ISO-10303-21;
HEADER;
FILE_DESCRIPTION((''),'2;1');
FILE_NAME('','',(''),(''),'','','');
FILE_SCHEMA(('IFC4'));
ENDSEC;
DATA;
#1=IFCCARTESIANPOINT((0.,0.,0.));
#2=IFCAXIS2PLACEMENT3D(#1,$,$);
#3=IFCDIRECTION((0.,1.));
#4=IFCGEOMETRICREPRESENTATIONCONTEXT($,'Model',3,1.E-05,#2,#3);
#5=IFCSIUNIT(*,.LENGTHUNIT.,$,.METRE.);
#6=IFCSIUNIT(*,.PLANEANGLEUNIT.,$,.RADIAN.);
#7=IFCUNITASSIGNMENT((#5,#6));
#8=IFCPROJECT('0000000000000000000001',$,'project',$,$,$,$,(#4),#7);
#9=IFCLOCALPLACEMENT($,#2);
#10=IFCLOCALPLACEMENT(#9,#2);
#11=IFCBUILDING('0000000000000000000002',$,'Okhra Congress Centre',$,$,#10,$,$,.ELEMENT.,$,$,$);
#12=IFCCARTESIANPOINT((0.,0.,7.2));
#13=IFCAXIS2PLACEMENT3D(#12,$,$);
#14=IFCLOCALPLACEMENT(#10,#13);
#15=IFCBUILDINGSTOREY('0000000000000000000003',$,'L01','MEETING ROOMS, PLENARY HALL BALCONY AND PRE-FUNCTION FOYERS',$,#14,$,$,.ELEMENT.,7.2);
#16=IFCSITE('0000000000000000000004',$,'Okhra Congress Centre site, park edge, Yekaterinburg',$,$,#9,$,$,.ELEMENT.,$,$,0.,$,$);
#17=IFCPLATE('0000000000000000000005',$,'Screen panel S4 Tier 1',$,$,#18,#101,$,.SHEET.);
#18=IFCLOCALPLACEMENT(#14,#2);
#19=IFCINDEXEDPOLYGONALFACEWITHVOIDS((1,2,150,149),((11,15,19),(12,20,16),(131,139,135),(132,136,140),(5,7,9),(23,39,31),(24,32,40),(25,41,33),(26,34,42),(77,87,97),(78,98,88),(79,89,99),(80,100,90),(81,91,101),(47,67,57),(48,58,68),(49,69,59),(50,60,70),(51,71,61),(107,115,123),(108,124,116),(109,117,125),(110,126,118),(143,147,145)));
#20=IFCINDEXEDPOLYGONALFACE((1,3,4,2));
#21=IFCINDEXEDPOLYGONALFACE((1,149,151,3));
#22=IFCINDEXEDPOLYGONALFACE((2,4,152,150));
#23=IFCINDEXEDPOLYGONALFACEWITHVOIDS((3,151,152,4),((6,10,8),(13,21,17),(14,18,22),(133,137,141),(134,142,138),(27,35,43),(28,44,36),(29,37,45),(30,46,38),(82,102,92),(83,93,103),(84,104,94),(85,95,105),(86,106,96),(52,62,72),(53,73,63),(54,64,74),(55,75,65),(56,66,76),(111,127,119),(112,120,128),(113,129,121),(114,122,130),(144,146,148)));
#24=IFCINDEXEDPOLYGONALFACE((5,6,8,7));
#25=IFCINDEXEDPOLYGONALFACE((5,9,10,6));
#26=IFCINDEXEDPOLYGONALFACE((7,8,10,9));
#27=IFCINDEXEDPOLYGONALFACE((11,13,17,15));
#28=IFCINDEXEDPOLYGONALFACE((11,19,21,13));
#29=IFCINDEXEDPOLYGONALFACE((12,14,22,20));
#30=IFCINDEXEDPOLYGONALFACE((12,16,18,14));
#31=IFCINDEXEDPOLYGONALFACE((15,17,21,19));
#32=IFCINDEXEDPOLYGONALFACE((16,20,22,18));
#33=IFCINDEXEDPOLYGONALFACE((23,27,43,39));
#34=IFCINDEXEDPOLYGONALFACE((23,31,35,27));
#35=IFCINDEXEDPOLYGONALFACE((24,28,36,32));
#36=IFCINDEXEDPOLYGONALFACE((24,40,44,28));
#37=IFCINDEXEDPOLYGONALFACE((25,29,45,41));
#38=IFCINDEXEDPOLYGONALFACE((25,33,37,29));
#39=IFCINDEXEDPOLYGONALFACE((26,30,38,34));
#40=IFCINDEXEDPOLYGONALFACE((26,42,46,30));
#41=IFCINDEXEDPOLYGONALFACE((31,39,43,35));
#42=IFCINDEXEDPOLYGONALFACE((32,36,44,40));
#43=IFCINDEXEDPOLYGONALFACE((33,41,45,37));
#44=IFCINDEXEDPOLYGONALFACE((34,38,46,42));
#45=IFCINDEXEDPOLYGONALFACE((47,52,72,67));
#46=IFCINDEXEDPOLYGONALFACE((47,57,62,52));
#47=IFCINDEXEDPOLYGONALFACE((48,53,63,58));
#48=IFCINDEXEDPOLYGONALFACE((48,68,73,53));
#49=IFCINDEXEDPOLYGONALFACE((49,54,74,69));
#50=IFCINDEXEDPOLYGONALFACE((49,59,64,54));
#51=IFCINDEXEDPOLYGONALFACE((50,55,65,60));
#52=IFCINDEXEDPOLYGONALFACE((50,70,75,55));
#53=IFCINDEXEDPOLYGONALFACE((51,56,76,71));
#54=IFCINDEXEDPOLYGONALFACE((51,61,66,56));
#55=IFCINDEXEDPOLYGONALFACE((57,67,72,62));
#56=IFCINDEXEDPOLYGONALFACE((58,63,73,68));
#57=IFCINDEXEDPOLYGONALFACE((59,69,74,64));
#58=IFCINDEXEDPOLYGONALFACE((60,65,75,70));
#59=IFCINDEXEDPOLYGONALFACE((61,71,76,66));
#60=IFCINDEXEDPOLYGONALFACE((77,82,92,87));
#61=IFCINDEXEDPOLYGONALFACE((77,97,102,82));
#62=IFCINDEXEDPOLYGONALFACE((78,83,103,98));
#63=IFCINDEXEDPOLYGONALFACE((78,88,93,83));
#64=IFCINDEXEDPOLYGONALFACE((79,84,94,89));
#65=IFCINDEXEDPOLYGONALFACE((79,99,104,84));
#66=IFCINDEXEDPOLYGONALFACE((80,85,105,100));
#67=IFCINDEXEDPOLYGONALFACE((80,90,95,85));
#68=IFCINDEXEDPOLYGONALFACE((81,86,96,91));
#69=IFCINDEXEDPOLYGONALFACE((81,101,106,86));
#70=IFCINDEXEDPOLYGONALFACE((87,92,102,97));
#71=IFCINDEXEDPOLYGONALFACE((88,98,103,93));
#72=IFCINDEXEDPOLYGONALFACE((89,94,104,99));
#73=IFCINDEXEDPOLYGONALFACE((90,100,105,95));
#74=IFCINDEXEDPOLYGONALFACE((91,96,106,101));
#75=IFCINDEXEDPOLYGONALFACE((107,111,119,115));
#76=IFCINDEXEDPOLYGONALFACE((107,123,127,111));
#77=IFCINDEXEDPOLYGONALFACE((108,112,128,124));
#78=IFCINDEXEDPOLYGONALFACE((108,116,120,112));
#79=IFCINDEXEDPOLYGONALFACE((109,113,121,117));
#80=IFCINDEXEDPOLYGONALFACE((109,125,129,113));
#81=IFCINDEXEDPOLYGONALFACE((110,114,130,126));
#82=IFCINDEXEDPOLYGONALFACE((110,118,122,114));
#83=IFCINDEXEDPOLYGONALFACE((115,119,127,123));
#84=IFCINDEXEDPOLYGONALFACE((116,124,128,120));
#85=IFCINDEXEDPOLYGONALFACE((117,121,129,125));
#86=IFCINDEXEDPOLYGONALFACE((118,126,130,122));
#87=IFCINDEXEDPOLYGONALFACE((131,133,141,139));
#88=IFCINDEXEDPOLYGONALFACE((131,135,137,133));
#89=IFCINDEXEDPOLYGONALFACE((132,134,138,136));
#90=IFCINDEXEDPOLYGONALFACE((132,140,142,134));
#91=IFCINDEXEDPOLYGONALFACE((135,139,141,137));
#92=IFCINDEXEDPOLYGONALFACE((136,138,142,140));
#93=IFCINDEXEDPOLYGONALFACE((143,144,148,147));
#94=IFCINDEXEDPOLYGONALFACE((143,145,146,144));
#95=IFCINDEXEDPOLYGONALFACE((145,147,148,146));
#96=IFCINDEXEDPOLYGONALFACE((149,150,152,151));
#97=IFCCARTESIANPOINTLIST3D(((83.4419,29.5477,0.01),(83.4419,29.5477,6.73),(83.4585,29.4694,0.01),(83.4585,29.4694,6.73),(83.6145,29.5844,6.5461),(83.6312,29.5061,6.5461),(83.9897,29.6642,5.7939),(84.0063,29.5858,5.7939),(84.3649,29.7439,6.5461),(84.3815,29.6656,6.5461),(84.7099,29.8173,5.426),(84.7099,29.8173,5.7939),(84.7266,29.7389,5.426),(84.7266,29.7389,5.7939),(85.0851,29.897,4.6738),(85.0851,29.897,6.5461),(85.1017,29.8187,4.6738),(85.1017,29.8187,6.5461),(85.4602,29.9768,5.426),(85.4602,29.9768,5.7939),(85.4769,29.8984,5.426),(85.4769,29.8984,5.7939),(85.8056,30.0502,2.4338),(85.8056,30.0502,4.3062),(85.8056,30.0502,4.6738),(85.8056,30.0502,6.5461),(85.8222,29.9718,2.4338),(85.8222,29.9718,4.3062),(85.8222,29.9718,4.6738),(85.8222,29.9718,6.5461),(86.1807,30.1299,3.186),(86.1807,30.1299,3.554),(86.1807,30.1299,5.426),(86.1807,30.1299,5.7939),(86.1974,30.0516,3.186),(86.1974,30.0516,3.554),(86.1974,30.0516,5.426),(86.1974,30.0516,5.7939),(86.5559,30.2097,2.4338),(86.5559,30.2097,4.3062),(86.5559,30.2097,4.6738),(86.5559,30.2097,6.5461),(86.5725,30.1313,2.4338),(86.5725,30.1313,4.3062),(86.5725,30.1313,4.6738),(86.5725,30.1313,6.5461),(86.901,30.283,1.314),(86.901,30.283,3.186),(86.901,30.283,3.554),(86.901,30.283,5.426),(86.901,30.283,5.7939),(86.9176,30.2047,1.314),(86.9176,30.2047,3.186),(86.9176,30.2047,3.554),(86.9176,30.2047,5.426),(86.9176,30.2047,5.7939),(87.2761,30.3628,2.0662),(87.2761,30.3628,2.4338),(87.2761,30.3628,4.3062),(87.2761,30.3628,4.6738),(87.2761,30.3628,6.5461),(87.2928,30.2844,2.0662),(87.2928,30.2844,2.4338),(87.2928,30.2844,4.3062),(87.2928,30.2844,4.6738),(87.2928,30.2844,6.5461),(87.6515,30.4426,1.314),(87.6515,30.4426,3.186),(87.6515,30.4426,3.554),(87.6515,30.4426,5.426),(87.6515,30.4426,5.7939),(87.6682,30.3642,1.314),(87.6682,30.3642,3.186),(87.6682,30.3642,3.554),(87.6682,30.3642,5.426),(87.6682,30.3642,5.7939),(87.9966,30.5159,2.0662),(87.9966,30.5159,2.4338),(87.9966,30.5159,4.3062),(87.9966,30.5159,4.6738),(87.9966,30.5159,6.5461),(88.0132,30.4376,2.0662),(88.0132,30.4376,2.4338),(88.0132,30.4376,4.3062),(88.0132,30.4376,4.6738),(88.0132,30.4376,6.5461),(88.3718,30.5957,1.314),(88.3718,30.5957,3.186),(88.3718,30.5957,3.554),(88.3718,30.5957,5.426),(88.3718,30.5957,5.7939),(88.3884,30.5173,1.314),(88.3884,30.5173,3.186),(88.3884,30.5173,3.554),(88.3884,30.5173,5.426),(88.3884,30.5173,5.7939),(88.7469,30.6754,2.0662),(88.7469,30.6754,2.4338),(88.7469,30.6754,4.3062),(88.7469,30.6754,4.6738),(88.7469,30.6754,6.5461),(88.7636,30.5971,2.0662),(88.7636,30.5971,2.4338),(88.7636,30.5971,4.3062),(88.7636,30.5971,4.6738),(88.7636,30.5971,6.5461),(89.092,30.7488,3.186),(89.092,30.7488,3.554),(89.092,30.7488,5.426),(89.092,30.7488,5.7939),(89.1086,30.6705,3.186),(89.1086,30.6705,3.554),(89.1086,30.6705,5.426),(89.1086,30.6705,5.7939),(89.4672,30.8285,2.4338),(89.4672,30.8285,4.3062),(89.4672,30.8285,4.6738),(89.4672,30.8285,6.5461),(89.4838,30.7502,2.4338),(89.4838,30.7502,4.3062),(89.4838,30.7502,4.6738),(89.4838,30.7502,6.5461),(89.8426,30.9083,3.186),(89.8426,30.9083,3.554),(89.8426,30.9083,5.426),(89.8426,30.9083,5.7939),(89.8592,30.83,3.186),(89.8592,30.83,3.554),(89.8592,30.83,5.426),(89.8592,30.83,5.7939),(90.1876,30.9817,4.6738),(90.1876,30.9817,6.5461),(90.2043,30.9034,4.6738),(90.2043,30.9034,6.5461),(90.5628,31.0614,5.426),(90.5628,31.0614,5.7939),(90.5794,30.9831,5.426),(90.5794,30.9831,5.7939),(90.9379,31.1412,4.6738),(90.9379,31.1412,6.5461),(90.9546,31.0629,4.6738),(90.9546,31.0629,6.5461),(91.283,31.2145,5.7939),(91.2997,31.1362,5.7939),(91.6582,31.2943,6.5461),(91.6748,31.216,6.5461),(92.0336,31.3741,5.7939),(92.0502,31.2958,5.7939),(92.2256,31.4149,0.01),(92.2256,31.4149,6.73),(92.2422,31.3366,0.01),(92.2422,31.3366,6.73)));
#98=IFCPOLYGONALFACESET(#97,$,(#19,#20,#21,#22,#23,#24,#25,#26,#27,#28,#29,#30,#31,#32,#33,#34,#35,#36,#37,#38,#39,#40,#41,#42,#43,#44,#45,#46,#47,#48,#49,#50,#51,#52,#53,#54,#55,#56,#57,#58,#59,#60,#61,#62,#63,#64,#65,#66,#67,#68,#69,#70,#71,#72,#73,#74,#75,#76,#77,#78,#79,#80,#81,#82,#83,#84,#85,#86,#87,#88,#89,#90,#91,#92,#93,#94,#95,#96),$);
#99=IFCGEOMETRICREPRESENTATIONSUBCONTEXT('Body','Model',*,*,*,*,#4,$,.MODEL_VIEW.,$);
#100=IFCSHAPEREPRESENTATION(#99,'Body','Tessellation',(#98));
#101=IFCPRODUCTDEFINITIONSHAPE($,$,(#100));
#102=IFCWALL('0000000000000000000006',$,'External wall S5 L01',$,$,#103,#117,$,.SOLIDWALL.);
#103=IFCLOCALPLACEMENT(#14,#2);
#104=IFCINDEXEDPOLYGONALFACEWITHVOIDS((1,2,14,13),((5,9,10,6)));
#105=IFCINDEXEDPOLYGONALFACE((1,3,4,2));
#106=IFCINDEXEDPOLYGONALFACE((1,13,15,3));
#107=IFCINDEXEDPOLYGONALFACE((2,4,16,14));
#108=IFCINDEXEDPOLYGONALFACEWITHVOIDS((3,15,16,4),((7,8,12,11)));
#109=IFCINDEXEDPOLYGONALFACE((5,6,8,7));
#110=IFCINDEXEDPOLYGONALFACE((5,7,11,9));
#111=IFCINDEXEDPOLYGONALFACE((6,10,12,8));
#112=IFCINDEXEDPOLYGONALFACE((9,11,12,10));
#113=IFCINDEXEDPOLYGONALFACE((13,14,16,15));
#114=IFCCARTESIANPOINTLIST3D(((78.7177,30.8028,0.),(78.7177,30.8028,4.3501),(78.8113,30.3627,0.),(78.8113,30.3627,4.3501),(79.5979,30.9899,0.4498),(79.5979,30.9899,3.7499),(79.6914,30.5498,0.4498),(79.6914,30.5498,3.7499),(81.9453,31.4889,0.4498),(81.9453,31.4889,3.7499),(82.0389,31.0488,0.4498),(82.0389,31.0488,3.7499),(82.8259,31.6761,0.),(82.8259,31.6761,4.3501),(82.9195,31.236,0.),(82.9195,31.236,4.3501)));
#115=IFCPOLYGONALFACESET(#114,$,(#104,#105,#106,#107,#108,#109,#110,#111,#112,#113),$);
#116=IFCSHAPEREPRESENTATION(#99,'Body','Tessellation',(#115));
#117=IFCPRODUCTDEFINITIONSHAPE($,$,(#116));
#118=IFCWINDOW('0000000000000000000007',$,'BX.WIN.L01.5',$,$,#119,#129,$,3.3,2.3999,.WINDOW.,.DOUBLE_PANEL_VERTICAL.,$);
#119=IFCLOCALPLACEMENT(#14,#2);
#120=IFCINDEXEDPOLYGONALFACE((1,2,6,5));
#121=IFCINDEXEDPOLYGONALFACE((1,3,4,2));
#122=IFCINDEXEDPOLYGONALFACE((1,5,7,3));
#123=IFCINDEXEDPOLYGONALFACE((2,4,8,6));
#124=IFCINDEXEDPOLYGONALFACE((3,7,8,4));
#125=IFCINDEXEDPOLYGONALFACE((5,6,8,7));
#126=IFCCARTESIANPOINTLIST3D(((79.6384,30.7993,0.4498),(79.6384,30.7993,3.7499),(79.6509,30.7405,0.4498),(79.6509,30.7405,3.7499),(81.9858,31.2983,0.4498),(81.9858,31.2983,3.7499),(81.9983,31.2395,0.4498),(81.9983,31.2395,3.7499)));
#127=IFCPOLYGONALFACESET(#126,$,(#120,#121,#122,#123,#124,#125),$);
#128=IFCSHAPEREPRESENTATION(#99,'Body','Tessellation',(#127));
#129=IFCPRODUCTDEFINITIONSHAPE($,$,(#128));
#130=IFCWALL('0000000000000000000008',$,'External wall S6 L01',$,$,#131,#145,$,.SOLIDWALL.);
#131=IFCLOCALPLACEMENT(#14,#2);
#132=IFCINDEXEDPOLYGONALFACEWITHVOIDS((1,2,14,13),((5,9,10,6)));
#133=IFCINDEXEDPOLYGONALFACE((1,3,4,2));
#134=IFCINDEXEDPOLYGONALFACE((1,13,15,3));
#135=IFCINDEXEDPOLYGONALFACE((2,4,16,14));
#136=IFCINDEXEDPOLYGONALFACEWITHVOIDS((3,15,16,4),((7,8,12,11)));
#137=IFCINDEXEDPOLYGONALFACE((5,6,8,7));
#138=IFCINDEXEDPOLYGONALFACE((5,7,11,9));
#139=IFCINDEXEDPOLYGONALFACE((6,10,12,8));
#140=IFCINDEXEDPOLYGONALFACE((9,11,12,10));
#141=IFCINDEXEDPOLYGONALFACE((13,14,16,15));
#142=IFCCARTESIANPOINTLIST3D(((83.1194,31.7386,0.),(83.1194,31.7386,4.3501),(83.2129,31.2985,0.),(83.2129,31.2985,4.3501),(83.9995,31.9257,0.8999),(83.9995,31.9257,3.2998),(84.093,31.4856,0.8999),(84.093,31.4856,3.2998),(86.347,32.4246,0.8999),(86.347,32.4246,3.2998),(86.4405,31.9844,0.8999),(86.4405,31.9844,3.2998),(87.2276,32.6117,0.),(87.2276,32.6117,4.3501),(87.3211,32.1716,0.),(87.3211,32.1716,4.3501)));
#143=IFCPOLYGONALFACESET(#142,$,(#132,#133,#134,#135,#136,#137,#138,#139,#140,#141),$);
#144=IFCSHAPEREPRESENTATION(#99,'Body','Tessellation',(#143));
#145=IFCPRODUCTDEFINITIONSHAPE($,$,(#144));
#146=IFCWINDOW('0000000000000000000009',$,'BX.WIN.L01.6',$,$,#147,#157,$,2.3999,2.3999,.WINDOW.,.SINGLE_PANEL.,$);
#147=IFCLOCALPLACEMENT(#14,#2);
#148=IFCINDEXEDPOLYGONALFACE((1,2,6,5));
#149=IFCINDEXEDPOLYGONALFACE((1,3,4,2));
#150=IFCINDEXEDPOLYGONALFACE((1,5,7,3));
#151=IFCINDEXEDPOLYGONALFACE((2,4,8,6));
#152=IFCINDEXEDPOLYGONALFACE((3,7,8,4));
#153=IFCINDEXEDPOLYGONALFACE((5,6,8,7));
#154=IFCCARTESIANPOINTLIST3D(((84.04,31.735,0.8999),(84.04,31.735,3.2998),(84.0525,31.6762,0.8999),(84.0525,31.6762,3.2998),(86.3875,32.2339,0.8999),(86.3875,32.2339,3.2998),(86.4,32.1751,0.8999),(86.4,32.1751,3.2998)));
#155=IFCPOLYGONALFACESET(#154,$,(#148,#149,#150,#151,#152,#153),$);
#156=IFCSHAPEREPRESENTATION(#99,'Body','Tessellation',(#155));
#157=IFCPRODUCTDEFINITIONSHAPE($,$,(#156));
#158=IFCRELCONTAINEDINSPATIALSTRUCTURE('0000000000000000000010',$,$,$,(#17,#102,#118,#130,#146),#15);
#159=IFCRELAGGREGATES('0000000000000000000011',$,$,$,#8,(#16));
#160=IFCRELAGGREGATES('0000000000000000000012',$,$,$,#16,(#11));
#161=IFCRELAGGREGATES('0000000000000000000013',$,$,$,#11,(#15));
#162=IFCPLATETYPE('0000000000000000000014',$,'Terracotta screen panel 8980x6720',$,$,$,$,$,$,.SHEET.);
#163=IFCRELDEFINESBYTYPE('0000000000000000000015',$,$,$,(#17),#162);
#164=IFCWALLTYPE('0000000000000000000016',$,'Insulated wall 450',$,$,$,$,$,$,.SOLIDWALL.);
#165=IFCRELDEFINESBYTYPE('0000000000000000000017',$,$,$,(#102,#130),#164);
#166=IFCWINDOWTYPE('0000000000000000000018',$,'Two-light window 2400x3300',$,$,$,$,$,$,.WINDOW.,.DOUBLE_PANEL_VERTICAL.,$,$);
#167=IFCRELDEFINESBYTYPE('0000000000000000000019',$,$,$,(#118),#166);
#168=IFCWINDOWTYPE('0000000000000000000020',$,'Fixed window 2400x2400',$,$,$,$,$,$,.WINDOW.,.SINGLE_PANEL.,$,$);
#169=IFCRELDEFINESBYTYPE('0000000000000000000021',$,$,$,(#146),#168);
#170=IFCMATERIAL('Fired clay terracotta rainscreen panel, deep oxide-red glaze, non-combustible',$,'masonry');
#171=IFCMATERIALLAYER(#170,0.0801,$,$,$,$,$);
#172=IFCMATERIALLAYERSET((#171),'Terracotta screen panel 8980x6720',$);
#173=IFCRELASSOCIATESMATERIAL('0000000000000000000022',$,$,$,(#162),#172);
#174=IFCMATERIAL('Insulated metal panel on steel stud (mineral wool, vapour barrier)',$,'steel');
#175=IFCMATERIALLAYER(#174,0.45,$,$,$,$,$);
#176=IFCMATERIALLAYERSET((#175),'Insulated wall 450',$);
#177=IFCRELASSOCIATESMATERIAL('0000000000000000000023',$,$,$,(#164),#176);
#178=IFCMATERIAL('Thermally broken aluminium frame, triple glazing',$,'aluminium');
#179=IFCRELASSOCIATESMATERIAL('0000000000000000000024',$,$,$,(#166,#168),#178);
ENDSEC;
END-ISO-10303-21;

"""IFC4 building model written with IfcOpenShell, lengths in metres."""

from ifc_helpers import new_model, si_unit, direction, frame, frame_2d, origin, place, context, subcontext, project, spatial, polyline, rectangle, outline, extrude, material, layer, layer_set, type_object, element, fill, save


model = new_model("IFC4")

# Units and contexts
model_context = context("Model", 3, precision=1e-05, world=origin(), true_north=direction((0.0, 1.0)))
body_context = subcontext(model_context, "Body", "Model", "MODEL_VIEW")
ifc_project = project(units=[si_unit("LENGTHUNIT", "METRE"), si_unit("PLANEANGLEUNIT", "RADIAN")], contexts=[model_context])

# Site, building, storey
site_placement = place(None, origin())
site = spatial("IfcSite", under=ifc_project, at=site_placement, Name="Okhra Congress Centre site, park edge, Yekaterinburg", CompositionType="ELEMENT", RefElevation=0.0)
building_placement = place(site_placement, origin())
building = spatial("IfcBuilding", under=site, at=building_placement, Name="Okhra Congress Centre", CompositionType="ELEMENT")
storey_placement = place(building_placement, frame((0.0, 0.0, 7.2)))
storey = spatial("IfcBuildingStorey", under=building, at=storey_placement, Name="L01", Description="MEETING ROOMS, PLENARY HALL BALCONY AND PRE-FUNCTION FOYERS", CompositionType="ELEMENT", Elevation=7.2)

# Plate
ifc_material_1 = material(Name="Fired clay terracotta rainscreen panel, deep oxide-red glaze, non-combustible", Category="masonry")
ifc_layer_1 = layer(ifc_material_1, 0.0801)
ifc_layer_set_1 = layer_set([ifc_layer_1], Name="Terracotta screen panel 8980x6720")
plate_type = type_object("IfcPlateType", Name="Terracotta screen panel 8980x6720", PredefinedType="SHEET", material=ifc_layer_set_1)
plate_placement = place(storey_placement, frame((83.4502, 29.5085, 0.01), z_axis=(0.0, 0.0, 1.0), x_axis=(0.978144, 0.207928, 0.0)))
element("IfcPlate", 1, at=plate_placement, inside=storey, type_object=plate_type, Name="Screen panel S4 Tier 1", PredefinedType="SHEET", context=body_context, shape_type="SweptSolid", body=[
    extrude(outline(polyline([(0.0, 0.0), (8.98, 0.0), (8.98, 6.72), (0.0, 6.72), (0.0, 0.0)]), holes=[polyline([(3.5364, 1.304), (4.3037, 1.304), (3.9199, 2.0562), (3.5364, 1.304)]), polyline([(4.6565, 2.0562), (5.04, 1.304), (5.4236, 2.0562), (4.6565, 2.0562)]), polyline([(2.4165, 2.4238), (3.1836, 2.4238), (2.8, 3.176), (2.4165, 2.4238)]), polyline([(3.5364, 3.176), (3.9199, 2.4238), (4.3037, 3.176), (3.5364, 3.176)]), polyline([(4.6565, 2.4238), (5.4236, 2.4238), (5.04, 3.176), (4.6565, 2.4238)]), polyline([(5.7764, 3.176), (6.1599, 2.4238), (6.5437, 3.176), (5.7764, 3.176)]), polyline([(2.4165, 4.2961), (2.8, 3.5439), (3.1836, 4.2961), (2.4165, 4.2961)]), polyline([(3.5364, 3.5439), (4.3037, 3.5439), (3.9199, 4.2961), (3.5364, 3.5439)]), polyline([(4.6565, 4.2961), (5.04, 3.5439), (5.4236, 4.2961), (4.6565, 4.2961)]), polyline([(5.7764, 3.5439), (6.5437, 3.5439), (6.1599, 4.2961), (5.7764, 3.5439)]), polyline([(1.2964, 5.416), (1.6799, 4.6638), (2.0635, 5.416), (1.2964, 5.416)]), polyline([(2.4165, 4.6638), (3.1836, 4.6638), (2.8, 5.416), (2.4165, 4.6638)]), polyline([(3.5364, 5.416), (3.9199, 4.6638), (4.3037, 5.416), (3.5364, 5.416)]), polyline([(4.6565, 4.6638), (5.4236, 4.6638), (5.04, 5.416), (4.6565, 4.6638)]), polyline([(5.7764, 5.416), (6.1599, 4.6638), (6.5437, 5.416), (5.7764, 5.416)]), polyline([(6.8965, 4.6638), (7.6636, 4.6638), (7.28, 5.416), (6.8965, 4.6638)]), polyline([(0.1765, 6.5361), (0.5601, 5.7839), (0.9436, 6.5361), (0.1765, 6.5361)]), polyline([(1.2964, 5.7839), (2.0635, 5.7839), (1.6799, 6.5361), (1.2964, 5.7839)]), polyline([(2.4165, 6.5361), (2.8, 5.7839), (3.1836, 6.5361), (2.4165, 6.5361)]), polyline([(3.5364, 5.7839), (4.3037, 5.7839), (3.9199, 6.5361), (3.5364, 5.7839)]), polyline([(4.6565, 6.5361), (5.04, 5.7839), (5.4236, 6.5361), (4.6565, 6.5361)]), polyline([(5.7764, 5.7839), (6.5437, 5.7839), (6.1599, 6.5361), (5.7764, 5.7839)]), polyline([(6.8965, 6.5361), (7.28, 5.7839), (7.6636, 6.5361), (6.8965, 6.5361)]), polyline([(8.0164, 5.7839), (8.7837, 5.7839), (8.3999, 6.5361), (8.0164, 5.7839)])]), frame((0.0, 0.04, 0.0), z_axis=(0.0, -1.0, 0.0), x_axis=(1.0, 0.0, 0.0)), (0.0, 0.0, 1.0), 0.0801),
])

# Walls, openings, windows
ifc_material_2 = material(Name="Insulated metal panel on steel stud (mineral wool, vapour barrier)", Category="steel")
ifc_layer_2 = layer(ifc_material_2, 0.45)
ifc_layer_set_2 = layer_set([ifc_layer_2], Name="Insulated wall 450")
wall_type_1 = type_object("IfcWallType", Name="Insulated wall 450", PredefinedType="SOLIDWALL", material=ifc_layer_set_2)
wall_1_placement = place(storey_placement, frame((78.7644, 30.5828, 0.0), z_axis=(0.0, 0.0, 1.0), x_axis=(0.978144, 0.207929, 0.0)))
wall_1 = element("IfcWall", 2, at=wall_1_placement, inside=storey, type_object=wall_type_1, Name="External wall S5 L01", PredefinedType="SOLIDWALL", context=body_context, shape_type="SweptSolid", body=[
    extrude(rectangle(XDim=4.2, YDim=0.45, at=frame_2d((2.1001, 0.0))), origin(), (0.0, 0.0, 1.0), 4.3501),
])
opening_1_placement = place(wall_1_placement, frame((0.8999, 0.0, 0.45)))
opening_1 = element("IfcOpeningElement", 3, at=opening_1_placement, cuts=wall_1, PredefinedType="OPENING", context=body_context, shape_type="SweptSolid", body=[
    extrude(rectangle(XDim=2.3999, YDim=3.3, at=frame_2d((1.2, 1.6499))), frame((0.0, 0.2349, 0.0), z_axis=(0.0, -1.0, 0.0), x_axis=(1.0, 0.0, 0.0)), (0.0, 0.0, 1.0), 0.47),
])
ifc_material_3 = material(Name="Thermally broken aluminium frame, triple glazing", Category="aluminium")
window_type_1 = type_object("IfcWindowType", Name="Two-light window 2400x3300", PartitioningType="DOUBLE_PANEL_VERTICAL", PredefinedType="WINDOW", material=ifc_material_3)
window_1_placement = place(opening_1_placement, origin())
window_1 = element("IfcWindow", 4, at=window_1_placement, inside=storey, type_object=window_type_1, Name="BX.WIN.L01.5", OverallHeight=3.3, OverallWidth=2.3999, PartitioningType="DOUBLE_PANEL_VERTICAL", PredefinedType="WINDOW", context=body_context, shape_type="SweptSolid", body=[
    extrude(rectangle(XDim=2.3999, YDim=3.3, at=frame_2d((1.2, 1.6499))), frame((0.0, 0.03, 0.0), z_axis=(0.0, -1.0, 0.0), x_axis=(1.0, 0.0, 0.0)), (0.0, 0.0, 1.0), 0.0601),
])
fill(opening_1, window_1)
wall_2_placement = place(storey_placement, frame((83.166, 31.5186, 0.0), z_axis=(0.0, 0.0, 1.0), x_axis=(0.978156, 0.207873, 0.0)))
wall_2 = element("IfcWall", 5, at=wall_2_placement, inside=storey, type_object=wall_type_1, Name="External wall S6 L01", PredefinedType="SOLIDWALL", context=body_context, shape_type="SweptSolid", body=[
    extrude(rectangle(XDim=4.2, YDim=0.45, at=frame_2d((2.1001, 0.0))), origin(), (0.0, 0.0, 1.0), 4.3501),
])
opening_2_placement = place(wall_2_placement, frame((0.8999, 0.0, 0.8999)))
opening_2 = element("IfcOpeningElement", 6, at=opening_2_placement, cuts=wall_2, PredefinedType="OPENING", context=body_context, shape_type="SweptSolid", body=[
    extrude(rectangle(XDim=2.3999, YDim=2.3999, at=frame_2d((1.2, 1.2))), frame((0.0, 0.2349, 0.0), z_axis=(0.0, -1.0, 0.0), x_axis=(1.0, 0.0, 0.0)), (0.0, 0.0, 1.0), 0.47),
])
window_type_2 = type_object("IfcWindowType", Name="Fixed window 2400x2400", PartitioningType="SINGLE_PANEL", PredefinedType="WINDOW", material=ifc_material_3)
window_2_placement = place(opening_2_placement, origin())
window_2 = element("IfcWindow", 7, at=window_2_placement, inside=storey, type_object=window_type_2, Name="BX.WIN.L01.6", OverallHeight=2.3999, OverallWidth=2.3999, PartitioningType="SINGLE_PANEL", PredefinedType="WINDOW", context=body_context, shape_type="SweptSolid", body=[
    extrude(rectangle(XDim=2.3999, YDim=2.3999, at=frame_2d((1.2, 1.2))), frame((0.0, 0.03, 0.0), z_axis=(0.0, -1.0, 0.0), x_axis=(1.0, 0.0, 0.0)), (0.0, 0.0, 1.0), 0.0601),
])
fill(opening_2, window_2)

save(model, "model.ifc")
